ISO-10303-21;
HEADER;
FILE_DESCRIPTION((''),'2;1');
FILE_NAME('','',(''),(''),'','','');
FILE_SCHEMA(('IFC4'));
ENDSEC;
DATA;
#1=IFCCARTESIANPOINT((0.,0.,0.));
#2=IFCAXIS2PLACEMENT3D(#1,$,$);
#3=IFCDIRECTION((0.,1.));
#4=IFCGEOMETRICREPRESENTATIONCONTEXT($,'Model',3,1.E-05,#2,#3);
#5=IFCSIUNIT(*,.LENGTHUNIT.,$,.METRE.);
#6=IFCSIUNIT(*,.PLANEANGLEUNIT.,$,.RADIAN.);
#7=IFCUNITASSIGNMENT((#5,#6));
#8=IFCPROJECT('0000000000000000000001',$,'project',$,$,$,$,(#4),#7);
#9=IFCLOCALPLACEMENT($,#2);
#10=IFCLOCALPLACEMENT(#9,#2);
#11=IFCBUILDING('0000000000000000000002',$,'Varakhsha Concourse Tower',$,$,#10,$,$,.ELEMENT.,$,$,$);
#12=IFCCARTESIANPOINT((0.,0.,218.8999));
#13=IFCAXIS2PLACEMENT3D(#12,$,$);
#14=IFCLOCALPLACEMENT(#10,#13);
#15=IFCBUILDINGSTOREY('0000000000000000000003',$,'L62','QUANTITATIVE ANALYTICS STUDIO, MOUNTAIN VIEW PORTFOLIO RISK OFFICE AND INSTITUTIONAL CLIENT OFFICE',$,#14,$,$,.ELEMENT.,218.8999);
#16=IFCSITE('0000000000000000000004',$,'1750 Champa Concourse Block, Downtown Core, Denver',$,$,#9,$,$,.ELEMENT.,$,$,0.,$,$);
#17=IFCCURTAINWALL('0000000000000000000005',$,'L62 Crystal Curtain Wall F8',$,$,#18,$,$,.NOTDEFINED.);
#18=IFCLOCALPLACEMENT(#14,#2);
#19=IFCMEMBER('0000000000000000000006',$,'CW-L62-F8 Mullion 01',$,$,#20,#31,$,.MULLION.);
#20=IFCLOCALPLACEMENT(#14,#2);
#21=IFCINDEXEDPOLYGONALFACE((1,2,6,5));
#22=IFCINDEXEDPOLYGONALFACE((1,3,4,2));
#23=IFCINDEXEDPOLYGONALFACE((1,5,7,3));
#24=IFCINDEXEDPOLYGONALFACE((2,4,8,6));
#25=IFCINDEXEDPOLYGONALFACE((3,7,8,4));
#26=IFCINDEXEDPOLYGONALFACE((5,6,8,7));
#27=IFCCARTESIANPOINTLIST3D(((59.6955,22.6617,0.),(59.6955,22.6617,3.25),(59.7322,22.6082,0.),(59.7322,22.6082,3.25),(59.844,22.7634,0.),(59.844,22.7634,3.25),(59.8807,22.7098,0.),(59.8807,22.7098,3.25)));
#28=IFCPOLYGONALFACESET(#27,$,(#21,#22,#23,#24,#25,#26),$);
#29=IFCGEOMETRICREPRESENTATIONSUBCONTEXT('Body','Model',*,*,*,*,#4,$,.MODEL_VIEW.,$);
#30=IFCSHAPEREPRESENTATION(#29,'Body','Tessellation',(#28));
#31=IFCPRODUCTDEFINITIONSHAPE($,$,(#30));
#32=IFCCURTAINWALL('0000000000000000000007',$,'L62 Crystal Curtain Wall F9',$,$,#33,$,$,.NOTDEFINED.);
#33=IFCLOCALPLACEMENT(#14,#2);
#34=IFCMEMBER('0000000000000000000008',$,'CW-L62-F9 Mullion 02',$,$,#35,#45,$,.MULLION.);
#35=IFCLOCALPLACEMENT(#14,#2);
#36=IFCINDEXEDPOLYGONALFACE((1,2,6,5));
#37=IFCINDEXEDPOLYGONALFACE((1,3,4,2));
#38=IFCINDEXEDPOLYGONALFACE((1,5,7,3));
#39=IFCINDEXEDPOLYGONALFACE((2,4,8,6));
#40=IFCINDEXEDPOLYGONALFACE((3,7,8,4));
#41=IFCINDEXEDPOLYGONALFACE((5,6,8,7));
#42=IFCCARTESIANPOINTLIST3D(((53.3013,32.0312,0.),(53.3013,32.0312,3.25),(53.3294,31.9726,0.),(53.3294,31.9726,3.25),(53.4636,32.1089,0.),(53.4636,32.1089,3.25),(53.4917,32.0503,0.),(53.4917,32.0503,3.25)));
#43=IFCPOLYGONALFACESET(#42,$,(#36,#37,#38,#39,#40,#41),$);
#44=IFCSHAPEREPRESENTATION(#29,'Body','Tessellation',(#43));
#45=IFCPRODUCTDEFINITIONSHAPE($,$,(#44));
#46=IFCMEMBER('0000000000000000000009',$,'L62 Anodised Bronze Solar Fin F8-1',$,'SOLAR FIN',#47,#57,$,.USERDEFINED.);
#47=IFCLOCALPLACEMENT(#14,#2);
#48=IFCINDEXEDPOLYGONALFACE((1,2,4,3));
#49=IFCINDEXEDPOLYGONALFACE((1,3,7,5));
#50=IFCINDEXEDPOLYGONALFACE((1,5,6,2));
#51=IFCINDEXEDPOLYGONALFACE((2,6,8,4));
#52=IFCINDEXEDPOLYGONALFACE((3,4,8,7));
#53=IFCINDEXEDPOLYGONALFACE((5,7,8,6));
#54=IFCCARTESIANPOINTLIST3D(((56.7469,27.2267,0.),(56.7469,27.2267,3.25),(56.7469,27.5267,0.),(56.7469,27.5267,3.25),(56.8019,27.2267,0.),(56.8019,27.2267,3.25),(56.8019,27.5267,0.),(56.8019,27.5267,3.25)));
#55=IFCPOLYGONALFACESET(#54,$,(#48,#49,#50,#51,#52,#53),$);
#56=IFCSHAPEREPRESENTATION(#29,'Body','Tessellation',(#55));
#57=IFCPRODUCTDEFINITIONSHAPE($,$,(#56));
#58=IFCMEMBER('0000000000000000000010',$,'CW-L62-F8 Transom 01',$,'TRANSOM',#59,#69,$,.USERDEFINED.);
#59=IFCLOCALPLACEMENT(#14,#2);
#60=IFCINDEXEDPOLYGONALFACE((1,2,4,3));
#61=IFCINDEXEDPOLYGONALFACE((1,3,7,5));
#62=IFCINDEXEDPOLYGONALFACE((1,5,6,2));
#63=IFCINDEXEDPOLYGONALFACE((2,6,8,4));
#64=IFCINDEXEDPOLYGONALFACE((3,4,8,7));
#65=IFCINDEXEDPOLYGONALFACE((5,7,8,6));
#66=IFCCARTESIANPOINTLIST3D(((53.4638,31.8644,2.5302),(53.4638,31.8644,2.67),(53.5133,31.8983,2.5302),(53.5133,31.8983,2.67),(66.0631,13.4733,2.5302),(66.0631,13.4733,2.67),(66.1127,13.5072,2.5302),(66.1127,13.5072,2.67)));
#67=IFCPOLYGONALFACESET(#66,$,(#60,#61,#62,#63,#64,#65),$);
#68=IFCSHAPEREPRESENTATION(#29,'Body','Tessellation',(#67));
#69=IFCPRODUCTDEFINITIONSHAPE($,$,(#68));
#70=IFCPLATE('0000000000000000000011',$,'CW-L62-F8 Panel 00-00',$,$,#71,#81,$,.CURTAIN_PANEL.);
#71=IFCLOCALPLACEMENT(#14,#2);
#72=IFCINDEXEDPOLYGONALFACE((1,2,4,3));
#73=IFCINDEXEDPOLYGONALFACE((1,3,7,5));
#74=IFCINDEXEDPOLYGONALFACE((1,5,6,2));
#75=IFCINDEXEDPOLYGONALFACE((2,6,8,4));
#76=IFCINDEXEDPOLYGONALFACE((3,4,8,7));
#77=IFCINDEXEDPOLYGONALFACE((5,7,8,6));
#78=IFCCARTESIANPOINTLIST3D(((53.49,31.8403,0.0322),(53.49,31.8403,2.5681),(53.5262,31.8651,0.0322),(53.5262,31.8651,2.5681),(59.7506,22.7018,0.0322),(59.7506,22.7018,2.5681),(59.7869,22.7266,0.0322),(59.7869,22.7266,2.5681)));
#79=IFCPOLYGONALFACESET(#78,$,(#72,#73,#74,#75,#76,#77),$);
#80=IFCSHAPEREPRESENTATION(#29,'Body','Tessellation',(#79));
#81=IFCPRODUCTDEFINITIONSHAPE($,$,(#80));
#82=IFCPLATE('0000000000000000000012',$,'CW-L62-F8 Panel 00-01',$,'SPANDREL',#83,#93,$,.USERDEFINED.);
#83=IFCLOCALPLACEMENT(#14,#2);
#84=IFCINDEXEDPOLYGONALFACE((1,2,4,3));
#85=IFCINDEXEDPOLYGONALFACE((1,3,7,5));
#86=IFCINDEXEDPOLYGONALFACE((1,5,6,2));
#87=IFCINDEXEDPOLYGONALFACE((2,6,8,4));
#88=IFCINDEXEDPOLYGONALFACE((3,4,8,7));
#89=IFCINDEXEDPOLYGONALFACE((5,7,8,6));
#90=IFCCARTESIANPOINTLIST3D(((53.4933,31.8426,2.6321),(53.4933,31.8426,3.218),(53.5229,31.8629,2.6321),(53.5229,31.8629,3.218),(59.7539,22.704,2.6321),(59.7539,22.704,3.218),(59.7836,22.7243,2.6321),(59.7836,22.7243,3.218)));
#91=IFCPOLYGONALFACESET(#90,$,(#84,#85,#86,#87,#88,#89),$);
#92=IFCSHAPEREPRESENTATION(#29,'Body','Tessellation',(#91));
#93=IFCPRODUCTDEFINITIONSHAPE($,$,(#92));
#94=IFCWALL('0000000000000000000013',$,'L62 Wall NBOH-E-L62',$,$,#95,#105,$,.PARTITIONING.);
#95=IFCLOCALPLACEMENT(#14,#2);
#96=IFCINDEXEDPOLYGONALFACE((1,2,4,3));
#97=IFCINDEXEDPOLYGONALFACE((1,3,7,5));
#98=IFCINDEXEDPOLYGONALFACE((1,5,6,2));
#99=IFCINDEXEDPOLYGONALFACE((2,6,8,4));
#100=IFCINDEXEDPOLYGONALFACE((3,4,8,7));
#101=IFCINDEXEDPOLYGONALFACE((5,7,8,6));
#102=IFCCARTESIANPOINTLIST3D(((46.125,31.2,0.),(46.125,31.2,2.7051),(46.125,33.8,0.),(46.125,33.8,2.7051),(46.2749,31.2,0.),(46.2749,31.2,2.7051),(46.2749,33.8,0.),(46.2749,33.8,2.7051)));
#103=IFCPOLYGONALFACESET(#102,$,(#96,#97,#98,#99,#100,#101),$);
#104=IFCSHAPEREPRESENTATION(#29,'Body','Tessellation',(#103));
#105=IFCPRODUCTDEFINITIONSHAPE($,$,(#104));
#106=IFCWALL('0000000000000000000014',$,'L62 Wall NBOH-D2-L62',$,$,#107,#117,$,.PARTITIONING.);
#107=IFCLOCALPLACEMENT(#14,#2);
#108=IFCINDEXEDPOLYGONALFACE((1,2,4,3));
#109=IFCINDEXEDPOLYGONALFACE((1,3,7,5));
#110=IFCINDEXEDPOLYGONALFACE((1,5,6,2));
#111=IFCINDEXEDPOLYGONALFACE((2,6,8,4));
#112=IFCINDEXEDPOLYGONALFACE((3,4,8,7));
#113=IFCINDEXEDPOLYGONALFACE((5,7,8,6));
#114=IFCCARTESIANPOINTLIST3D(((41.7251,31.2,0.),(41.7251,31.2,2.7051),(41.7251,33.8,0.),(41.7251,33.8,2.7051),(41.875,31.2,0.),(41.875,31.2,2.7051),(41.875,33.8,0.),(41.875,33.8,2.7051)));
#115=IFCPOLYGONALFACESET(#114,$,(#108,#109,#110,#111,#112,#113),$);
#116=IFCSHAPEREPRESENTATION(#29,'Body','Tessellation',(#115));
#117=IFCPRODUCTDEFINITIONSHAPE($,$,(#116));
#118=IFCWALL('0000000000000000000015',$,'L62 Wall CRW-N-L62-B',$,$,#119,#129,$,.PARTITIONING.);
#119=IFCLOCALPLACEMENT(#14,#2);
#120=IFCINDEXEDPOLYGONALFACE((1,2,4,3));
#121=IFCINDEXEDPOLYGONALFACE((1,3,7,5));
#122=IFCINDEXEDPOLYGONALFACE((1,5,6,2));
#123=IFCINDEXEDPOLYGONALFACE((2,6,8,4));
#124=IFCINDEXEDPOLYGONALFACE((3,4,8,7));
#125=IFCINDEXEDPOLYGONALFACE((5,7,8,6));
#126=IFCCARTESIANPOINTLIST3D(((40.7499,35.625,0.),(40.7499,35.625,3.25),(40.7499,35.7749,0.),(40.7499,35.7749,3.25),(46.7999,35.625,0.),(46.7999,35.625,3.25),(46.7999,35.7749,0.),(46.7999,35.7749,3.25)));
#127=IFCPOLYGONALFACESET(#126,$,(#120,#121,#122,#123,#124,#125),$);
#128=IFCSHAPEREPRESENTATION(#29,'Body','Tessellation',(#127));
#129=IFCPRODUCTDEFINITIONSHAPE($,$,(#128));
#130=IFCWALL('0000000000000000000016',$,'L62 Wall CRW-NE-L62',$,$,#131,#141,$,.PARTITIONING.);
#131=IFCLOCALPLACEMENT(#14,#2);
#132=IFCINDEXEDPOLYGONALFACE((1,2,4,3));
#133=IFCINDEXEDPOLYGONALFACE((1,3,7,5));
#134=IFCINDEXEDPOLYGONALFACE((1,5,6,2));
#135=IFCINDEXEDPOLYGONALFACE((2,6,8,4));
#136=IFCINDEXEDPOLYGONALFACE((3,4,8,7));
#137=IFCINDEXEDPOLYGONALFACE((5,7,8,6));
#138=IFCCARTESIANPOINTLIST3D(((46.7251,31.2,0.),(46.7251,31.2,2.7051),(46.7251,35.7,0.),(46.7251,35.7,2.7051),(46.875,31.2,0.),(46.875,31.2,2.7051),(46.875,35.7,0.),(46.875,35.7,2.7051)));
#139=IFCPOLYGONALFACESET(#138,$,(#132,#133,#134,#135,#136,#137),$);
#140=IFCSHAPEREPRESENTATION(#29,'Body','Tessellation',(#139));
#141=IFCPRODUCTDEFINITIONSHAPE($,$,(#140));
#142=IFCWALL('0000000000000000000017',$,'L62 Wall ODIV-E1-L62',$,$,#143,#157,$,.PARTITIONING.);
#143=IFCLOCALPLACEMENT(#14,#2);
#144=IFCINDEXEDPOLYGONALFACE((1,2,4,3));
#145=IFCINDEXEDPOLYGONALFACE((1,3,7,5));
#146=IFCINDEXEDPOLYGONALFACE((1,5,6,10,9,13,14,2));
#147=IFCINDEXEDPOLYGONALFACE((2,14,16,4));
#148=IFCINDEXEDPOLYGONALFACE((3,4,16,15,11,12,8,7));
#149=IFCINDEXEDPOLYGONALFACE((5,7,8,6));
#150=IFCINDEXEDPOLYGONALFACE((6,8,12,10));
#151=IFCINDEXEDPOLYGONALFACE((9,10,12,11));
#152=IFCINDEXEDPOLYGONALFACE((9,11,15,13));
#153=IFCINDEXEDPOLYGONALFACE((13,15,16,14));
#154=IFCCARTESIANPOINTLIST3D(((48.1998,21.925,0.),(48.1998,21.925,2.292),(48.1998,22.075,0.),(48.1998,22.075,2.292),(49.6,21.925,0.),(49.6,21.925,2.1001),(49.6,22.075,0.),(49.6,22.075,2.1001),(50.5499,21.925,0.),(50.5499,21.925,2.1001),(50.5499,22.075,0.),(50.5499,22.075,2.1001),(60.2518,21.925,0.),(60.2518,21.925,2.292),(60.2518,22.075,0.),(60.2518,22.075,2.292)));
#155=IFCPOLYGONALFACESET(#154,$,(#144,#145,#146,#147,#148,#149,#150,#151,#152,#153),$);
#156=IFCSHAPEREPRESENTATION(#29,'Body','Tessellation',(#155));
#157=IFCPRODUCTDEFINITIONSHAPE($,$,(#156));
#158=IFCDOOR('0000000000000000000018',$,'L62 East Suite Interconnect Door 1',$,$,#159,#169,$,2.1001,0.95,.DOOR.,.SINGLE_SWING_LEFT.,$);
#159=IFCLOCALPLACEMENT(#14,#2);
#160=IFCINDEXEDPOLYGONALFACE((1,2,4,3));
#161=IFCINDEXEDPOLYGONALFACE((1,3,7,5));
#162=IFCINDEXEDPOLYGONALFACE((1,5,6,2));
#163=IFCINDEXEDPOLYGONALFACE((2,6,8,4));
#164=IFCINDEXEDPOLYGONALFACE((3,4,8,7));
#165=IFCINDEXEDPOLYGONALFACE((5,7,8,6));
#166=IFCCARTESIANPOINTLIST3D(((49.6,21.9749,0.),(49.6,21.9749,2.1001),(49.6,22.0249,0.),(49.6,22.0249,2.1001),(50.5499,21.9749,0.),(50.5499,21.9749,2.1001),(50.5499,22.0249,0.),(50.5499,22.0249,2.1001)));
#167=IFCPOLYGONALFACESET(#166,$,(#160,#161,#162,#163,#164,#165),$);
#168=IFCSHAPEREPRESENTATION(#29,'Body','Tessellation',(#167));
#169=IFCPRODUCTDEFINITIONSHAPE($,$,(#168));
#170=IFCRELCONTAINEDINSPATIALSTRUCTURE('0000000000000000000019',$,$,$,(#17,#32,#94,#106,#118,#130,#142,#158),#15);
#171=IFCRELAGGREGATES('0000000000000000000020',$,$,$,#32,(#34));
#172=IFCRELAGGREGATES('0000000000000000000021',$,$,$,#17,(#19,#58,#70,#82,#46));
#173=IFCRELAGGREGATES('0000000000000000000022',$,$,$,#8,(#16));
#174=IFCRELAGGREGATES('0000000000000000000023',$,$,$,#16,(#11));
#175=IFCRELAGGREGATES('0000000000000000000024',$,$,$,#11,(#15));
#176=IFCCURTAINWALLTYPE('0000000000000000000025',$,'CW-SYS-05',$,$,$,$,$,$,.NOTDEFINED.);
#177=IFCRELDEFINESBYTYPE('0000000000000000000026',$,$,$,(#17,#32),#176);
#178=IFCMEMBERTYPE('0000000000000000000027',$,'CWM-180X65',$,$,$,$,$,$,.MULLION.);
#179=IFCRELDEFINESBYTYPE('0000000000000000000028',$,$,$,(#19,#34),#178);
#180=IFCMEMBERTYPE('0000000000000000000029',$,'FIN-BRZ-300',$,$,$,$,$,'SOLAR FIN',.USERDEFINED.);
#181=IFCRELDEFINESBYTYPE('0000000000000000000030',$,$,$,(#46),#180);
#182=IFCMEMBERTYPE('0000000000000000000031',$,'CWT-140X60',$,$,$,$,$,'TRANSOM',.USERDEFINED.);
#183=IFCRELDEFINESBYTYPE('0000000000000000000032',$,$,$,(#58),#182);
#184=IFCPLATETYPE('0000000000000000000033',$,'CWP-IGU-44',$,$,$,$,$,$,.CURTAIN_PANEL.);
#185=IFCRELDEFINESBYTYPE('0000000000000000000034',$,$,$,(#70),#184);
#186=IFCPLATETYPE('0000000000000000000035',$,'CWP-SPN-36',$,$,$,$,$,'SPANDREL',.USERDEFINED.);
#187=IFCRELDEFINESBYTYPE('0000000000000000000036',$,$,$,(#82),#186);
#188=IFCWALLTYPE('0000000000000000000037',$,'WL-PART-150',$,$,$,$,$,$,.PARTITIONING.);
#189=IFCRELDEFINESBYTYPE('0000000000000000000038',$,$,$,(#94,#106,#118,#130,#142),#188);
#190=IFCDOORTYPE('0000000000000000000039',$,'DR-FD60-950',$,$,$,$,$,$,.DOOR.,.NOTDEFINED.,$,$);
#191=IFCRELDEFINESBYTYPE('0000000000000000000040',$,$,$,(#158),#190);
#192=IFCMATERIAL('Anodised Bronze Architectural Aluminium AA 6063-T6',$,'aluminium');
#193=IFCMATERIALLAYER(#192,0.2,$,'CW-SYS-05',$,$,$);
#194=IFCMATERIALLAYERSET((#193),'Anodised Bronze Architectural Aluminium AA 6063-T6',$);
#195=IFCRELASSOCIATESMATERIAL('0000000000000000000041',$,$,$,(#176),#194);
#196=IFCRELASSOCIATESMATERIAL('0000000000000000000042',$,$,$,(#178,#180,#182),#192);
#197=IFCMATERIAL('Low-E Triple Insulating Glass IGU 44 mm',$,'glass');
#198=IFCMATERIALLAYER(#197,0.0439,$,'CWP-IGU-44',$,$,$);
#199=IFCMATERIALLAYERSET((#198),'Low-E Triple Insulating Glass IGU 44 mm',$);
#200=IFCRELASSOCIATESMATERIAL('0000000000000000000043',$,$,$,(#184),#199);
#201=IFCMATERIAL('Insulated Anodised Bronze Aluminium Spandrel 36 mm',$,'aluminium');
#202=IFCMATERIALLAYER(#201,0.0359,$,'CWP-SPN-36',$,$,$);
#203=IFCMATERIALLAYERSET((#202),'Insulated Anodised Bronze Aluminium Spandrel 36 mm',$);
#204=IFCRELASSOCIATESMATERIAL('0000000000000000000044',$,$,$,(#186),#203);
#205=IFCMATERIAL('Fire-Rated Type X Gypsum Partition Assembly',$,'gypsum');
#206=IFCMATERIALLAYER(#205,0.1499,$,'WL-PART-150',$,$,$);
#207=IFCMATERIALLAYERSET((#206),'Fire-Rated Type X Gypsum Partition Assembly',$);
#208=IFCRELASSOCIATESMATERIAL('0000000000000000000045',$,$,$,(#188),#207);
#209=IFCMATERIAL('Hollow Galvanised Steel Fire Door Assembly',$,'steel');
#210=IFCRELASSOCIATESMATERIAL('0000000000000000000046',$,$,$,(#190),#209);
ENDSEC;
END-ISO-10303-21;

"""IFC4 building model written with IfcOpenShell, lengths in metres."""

from ifc_helpers import new_model, si_unit, direction, frame, frame_2d, origin, origin_2d, place, context, subcontext, project, spatial, rectangle, extrude, source, transform, mapped, material, layer, layer_set, material_profile, profile_set, type_object, type_shapes, element, fill, aggregate, save


model = new_model("IFC4")

# Units and contexts
model_context = context("Model", 3, precision=1e-05, world=origin(), true_north=direction((0.0, 1.0)))
body_context = subcontext(model_context, "Body", "Model", "MODEL_VIEW")
ifc_project = project(units=[si_unit("LENGTHUNIT", "METRE"), si_unit("PLANEANGLEUNIT", "RADIAN")], contexts=[model_context])

# Site, building, storey
site_placement = place(None, origin())
site = spatial("IfcSite", under=ifc_project, at=site_placement, Name="1750 Champa Concourse Block, Downtown Core, Denver", CompositionType="ELEMENT", RefElevation=0.0)
building_placement = place(site_placement, origin())
building = spatial("IfcBuilding", under=site, at=building_placement, Name="Varakhsha Concourse Tower", CompositionType="ELEMENT")
storey_placement = place(building_placement, frame((0.0, 0.0, 218.8999)))
storey = spatial("IfcBuildingStorey", under=building, at=storey_placement, Name="L62", Description="QUANTITATIVE ANALYTICS STUDIO, MOUNTAIN VIEW PORTFOLIO RISK OFFICE AND INSTITUTIONAL CLIENT OFFICE", CompositionType="ELEMENT", Elevation=218.8999)

# Curtain wall, member
ifc_material_1 = material(Name="Anodised Bronze Architectural Aluminium AA 6063-T6", Category="aluminium")
ifc_layer_1 = layer(ifc_material_1, 0.2, Name="CW-SYS-05")
ifc_layer_set_1 = layer_set([ifc_layer_1], Name="Anodised Bronze Architectural Aluminium AA 6063-T6")
curtain_wall_type = type_object("IfcCurtainWallType", Name="CW-SYS-05", PredefinedType="NOTDEFINED", material=ifc_layer_set_1)
curtain_wall_1_placement = place(storey_placement, origin())
curtain_wall_1 = element("IfcCurtainWall", 1, at=curtain_wall_1_placement, inside=storey, type_object=curtain_wall_type, Name="L62 Crystal Curtain Wall F8", PredefinedType="NOTDEFINED")
ifc_material_profile_1 = material_profile(ifc_material_1, rectangle(XDim=0.0649, YDim=0.1799, at=origin_2d()), Name="CWM-180X65")
ifc_profile_set_1 = profile_set([ifc_material_profile_1], Name="Anodised Bronze Architectural Aluminium AA 6063-T6")
member_type_1 = type_object("IfcMemberType", Name="CWM-180X65", PredefinedType="MULLION", material=ifc_profile_set_1)
shared_shape_1 = source(origin(), body_context, "Body", "SweptSolid", [
    extrude(rectangle(XDim=0.0649, YDim=0.1799, at=origin_2d()), origin(), (0.0, 0.0, 1.0), 3.25),
])
type_shapes(member_type_1, [shared_shape_1])
member_1_placement = place(storey_placement, frame((59.7881, 22.6858, 0.0), z_axis=(0.0, 0.0, 1.0), x_axis=(0.565173, -0.824972, 0.0)))
member_1 = element("IfcMember", 2, at=member_1_placement, type_object=member_type_1, Name="CW-L62-F8 Mullion 01", PredefinedType="MULLION", context=body_context, shape_type="MappedRepresentation", body=[
    mapped(shared_shape_1, transform((0.0, 0.0, 0.0), scale=1.0)),
])

# Curtain wall, member
curtain_wall_2_placement = place(storey_placement, origin())
curtain_wall_2 = element("IfcCurtainWall", 3, at=curtain_wall_2_placement, inside=storey, type_object=curtain_wall_type, Name="L62 Crystal Curtain Wall F9", PredefinedType="NOTDEFINED")
member_2_placement = place(storey_placement, frame((53.3965, 32.0408, 0.0), z_axis=(0.0, 0.0, 1.0), x_axis=(0.431862, -0.90194, 0.0)))
member_2 = element("IfcMember", 4, at=member_2_placement, type_object=member_type_1, Name="CW-L62-F9 Mullion 02", PredefinedType="MULLION", context=body_context, shape_type="MappedRepresentation", body=[
    mapped(shared_shape_1, transform((0.0, 0.0, 0.0), scale=1.0)),
])
aggregate(curtain_wall_2, [member_2])

# Members
ifc_material_profile_2 = material_profile(ifc_material_1, rectangle(XDim=0.0549, YDim=0.3, at=origin_2d()), Name="FIN-BRZ-300")
ifc_profile_set_2 = profile_set([ifc_material_profile_2], Name="Anodised Bronze Architectural Aluminium AA 6063-T6")
member_type_2 = type_object("IfcMemberType", Name="FIN-BRZ-300", ElementType="SOLAR FIN", PredefinedType="USERDEFINED", material=ifc_profile_set_2)
shared_shape_2 = source(origin(), body_context, "Body", "SweptSolid", [
    extrude(rectangle(XDim=0.0549, YDim=0.3, at=origin_2d()), origin(), (0.0, 0.0, 1.0), 3.25),
])
type_shapes(member_type_2, [shared_shape_2])
member_3_placement = place(storey_placement, frame((56.7744, 27.3767, 0.0), z_axis=(0.0, 0.0, 1.0), x_axis=(1.0, 0.0, 0.0)))
member_3 = element("IfcMember", 5, at=member_3_placement, type_object=member_type_2, Name="L62 Anodised Bronze Solar Fin F8-1", ObjectType="SOLAR FIN", PredefinedType="USERDEFINED", context=body_context, shape_type="MappedRepresentation", body=[
    mapped(shared_shape_2, transform((0.0, 0.0, 0.0), scale=1.0)),
])
ifc_material_profile_3 = material_profile(ifc_material_1, rectangle(XDim=0.0601, YDim=0.1399, at=origin_2d()), Name="CWT-140X60")
ifc_profile_set_3 = profile_set([ifc_material_profile_3], Name="Anodised Bronze Architectural Aluminium AA 6063-T6")
member_type_3 = type_object("IfcMemberType", Name="CWT-140X60", ElementType="TRANSOM", PredefinedType="USERDEFINED", material=ifc_profile_set_3)
shared_shape_3 = source(origin(), body_context, "Body", "SweptSolid", [
    extrude(rectangle(XDim=0.0601, YDim=0.1399, at=origin_2d()), origin(), (0.0, 0.0, 1.0), 22.293),
])
type_shapes(member_type_3, [shared_shape_3])
member_4_placement = place(storey_placement, frame((53.4885, 31.8813, 2.6001), z_axis=(0.565172, -0.824973, 0.0), x_axis=(0.824973, 0.565172, 0.0)))
member_4 = element("IfcMember", 6, at=member_4_placement, type_object=member_type_3, Name="CW-L62-F8 Transom 01", ObjectType="TRANSOM", PredefinedType="USERDEFINED", context=body_context, shape_type="MappedRepresentation", body=[
    mapped(shared_shape_3, transform((0.0, 0.0, 0.0), scale=1.0)),
])

# Plates
ifc_material_2 = material(Name="Low-E Triple Insulating Glass IGU 44 mm", Category="glass")
ifc_layer_2 = layer(ifc_material_2, 0.0439, Name="CWP-IGU-44")
ifc_layer_set_2 = layer_set([ifc_layer_2], Name="Low-E Triple Insulating Glass IGU 44 mm")
plate_type_1 = type_object("IfcPlateType", Name="CWP-IGU-44", PredefinedType="CURTAIN_PANEL", material=ifc_layer_set_2)
shared_shape_4 = source(origin(), body_context, "Body", "SweptSolid", [
    extrude(rectangle(XDim=11.0774, YDim=0.0439, at=origin_2d()), origin(), (0.0, 0.0, 1.0), 2.5359),
])
type_shapes(plate_type_1, [shared_shape_4])
plate_1_placement = place(storey_placement, frame((56.6384, 27.2834, 0.0322), z_axis=(0.0, 0.0, 1.0), x_axis=(0.565173, -0.824972, 0.0)))
plate_1 = element("IfcPlate", 7, at=plate_1_placement, type_object=plate_type_1, Name="CW-L62-F8 Panel 00-00", PredefinedType="CURTAIN_PANEL", context=body_context, shape_type="MappedRepresentation", body=[
    mapped(shared_shape_4, transform((0.0, 0.0, 0.0), scale=1.0)),
])
ifc_material_3 = material(Name="Insulated Anodised Bronze Aluminium Spandrel 36 mm", Category="aluminium")
ifc_layer_3 = layer(ifc_material_3, 0.0359, Name="CWP-SPN-36")
ifc_layer_set_3 = layer_set([ifc_layer_3], Name="Insulated Anodised Bronze Aluminium Spandrel 36 mm")
plate_type_2 = type_object("IfcPlateType", Name="CWP-SPN-36", ElementType="SPANDREL", PredefinedType="USERDEFINED", material=ifc_layer_set_3)
shared_shape_5 = source(origin(), body_context, "Body", "SweptSolid", [
    extrude(rectangle(XDim=11.0774, YDim=0.0359, at=origin_2d()), origin(), (0.0, 0.0, 1.0), 0.5859),
])
type_shapes(plate_type_2, [shared_shape_5])
plate_2_placement = place(storey_placement, frame((56.6384, 27.2834, 2.6321), z_axis=(0.0, 0.0, 1.0), x_axis=(0.565173, -0.824972, 0.0)))
plate_2 = element("IfcPlate", 8, at=plate_2_placement, type_object=plate_type_2, Name="CW-L62-F8 Panel 00-01", ObjectType="SPANDREL", PredefinedType="USERDEFINED", context=body_context, shape_type="MappedRepresentation", body=[
    mapped(shared_shape_5, transform((0.0, 0.0, 0.0), scale=1.0)),
])
aggregate(curtain_wall_1, [member_1, member_4, plate_1, plate_2, member_3])

# Walls
ifc_material_4 = material(Name="Fire-Rated Type X Gypsum Partition Assembly", Category="gypsum")
ifc_layer_4 = layer(ifc_material_4, 0.1499, Name="WL-PART-150")
ifc_layer_set_4 = layer_set([ifc_layer_4], Name="Fire-Rated Type X Gypsum Partition Assembly")
wall_type_1 = type_object("IfcWallType", Name="WL-PART-150", PredefinedType="PARTITIONING", material=ifc_layer_set_4)
for number, where, z_axis, x_axis, name in (
    (9, (46.2, 31.2, 0.0), (0.0, 0.0, 1.0), (0.0, 1.0, 0.0), "L62 Wall NBOH-E-L62"),
    (10, (41.8, 31.2, 0.0), (0.0, 0.0, 1.0), (0.0, 1.0, 0.0), "L62 Wall NBOH-D2-L62"),
):
    element("IfcWall", number, at=place(storey_placement, frame(where, z_axis=z_axis, x_axis=x_axis)), inside=storey, type_object=wall_type_1, Name=name, PredefinedType="PARTITIONING", context=body_context, shape_type="SweptSolid", body=[
        extrude(rectangle(XDim=2.6001, YDim=0.1499, at=frame_2d((1.3, 0.0))), origin(), (0.0, 0.0, 1.0), 2.7051),
    ])
wall_1_placement = place(storey_placement, frame((40.75, 35.7, 0.0), z_axis=(0.0, 0.0, 1.0), x_axis=(1.0, 0.0, 0.0)))
element("IfcWall", 11, at=wall_1_placement, inside=storey, type_object=wall_type_1, Name="L62 Wall CRW-N-L62-B", PredefinedType="PARTITIONING", context=body_context, shape_type="SweptSolid", body=[
    extrude(rectangle(XDim=6.05, YDim=0.1499, at=frame_2d((3.0249, 0.0))), origin(), (0.0, 0.0, 1.0), 3.25),
])
wall_2_placement = place(storey_placement, frame((46.8, 31.2, 0.0), z_axis=(0.0, 0.0, 1.0), x_axis=(0.0, 1.0, 0.0)))
element("IfcWall", 12, at=wall_2_placement, inside=storey, type_object=wall_type_1, Name="L62 Wall CRW-NE-L62", PredefinedType="PARTITIONING", context=body_context, shape_type="SweptSolid", body=[
    extrude(rectangle(XDim=4.5, YDim=0.1499, at=frame_2d((2.25, 0.0))), origin(), (0.0, 0.0, 1.0), 2.7051),
])

# Wall, opening, door
wall_3_placement = place(storey_placement, frame((48.2, 22.0, 0.0), z_axis=(0.0, 0.0, 1.0), x_axis=(1.0, 0.0, 0.0)))
wall_3 = element("IfcWall", 13, at=wall_3_placement, inside=storey, type_object=wall_type_1, Name="L62 Wall ODIV-E1-L62", PredefinedType="PARTITIONING", context=body_context, shape_type="SweptSolid", body=[
    extrude(rectangle(XDim=12.052, YDim=0.1499, at=frame_2d((6.0259, 0.0))), origin(), (0.0, 0.0, 1.0), 2.292),
])
opening_placement = place(wall_3_placement, frame((1.3999, 0.0, 0.0)))
opening = element("IfcOpeningElement", 14, at=opening_placement, cuts=wall_3, PredefinedType="OPENING", context=body_context, shape_type="SweptSolid", body=[
    extrude(rectangle(XDim=0.95, YDim=2.1001, at=frame_2d((0.4751, 1.05))), frame((0.0, 0.085, 0.0), z_axis=(0.0, -1.0, 0.0), x_axis=(1.0, 0.0, 0.0)), (0.0, 0.0, 1.0), 0.1699),
])
ifc_material_5 = material(Name="Hollow Galvanised Steel Fire Door Assembly", Category="steel")
door_type = type_object("IfcDoorType", Name="DR-FD60-950", OperationType="NOTDEFINED", PredefinedType="DOOR", material=ifc_material_5)
door_placement = place(opening_placement, origin())
door = element("IfcDoor", 15, at=door_placement, inside=storey, type_object=door_type, Name="L62 East Suite Interconnect Door 1", OperationType="SINGLE_SWING_LEFT", OverallHeight=2.1001, OverallWidth=0.95, PredefinedType="DOOR", context=body_context, shape_type="SweptSolid", body=[
    extrude(rectangle(XDim=0.95, YDim=2.1001, at=frame_2d((0.4751, 1.05))), frame((0.0, 0.0249, 0.0), z_axis=(0.0, -1.0, 0.0), x_axis=(1.0, 0.0, 0.0)), (0.0, 0.0, 1.0), 0.05),
])
fill(opening, door)

save(model, "model.ifc")
